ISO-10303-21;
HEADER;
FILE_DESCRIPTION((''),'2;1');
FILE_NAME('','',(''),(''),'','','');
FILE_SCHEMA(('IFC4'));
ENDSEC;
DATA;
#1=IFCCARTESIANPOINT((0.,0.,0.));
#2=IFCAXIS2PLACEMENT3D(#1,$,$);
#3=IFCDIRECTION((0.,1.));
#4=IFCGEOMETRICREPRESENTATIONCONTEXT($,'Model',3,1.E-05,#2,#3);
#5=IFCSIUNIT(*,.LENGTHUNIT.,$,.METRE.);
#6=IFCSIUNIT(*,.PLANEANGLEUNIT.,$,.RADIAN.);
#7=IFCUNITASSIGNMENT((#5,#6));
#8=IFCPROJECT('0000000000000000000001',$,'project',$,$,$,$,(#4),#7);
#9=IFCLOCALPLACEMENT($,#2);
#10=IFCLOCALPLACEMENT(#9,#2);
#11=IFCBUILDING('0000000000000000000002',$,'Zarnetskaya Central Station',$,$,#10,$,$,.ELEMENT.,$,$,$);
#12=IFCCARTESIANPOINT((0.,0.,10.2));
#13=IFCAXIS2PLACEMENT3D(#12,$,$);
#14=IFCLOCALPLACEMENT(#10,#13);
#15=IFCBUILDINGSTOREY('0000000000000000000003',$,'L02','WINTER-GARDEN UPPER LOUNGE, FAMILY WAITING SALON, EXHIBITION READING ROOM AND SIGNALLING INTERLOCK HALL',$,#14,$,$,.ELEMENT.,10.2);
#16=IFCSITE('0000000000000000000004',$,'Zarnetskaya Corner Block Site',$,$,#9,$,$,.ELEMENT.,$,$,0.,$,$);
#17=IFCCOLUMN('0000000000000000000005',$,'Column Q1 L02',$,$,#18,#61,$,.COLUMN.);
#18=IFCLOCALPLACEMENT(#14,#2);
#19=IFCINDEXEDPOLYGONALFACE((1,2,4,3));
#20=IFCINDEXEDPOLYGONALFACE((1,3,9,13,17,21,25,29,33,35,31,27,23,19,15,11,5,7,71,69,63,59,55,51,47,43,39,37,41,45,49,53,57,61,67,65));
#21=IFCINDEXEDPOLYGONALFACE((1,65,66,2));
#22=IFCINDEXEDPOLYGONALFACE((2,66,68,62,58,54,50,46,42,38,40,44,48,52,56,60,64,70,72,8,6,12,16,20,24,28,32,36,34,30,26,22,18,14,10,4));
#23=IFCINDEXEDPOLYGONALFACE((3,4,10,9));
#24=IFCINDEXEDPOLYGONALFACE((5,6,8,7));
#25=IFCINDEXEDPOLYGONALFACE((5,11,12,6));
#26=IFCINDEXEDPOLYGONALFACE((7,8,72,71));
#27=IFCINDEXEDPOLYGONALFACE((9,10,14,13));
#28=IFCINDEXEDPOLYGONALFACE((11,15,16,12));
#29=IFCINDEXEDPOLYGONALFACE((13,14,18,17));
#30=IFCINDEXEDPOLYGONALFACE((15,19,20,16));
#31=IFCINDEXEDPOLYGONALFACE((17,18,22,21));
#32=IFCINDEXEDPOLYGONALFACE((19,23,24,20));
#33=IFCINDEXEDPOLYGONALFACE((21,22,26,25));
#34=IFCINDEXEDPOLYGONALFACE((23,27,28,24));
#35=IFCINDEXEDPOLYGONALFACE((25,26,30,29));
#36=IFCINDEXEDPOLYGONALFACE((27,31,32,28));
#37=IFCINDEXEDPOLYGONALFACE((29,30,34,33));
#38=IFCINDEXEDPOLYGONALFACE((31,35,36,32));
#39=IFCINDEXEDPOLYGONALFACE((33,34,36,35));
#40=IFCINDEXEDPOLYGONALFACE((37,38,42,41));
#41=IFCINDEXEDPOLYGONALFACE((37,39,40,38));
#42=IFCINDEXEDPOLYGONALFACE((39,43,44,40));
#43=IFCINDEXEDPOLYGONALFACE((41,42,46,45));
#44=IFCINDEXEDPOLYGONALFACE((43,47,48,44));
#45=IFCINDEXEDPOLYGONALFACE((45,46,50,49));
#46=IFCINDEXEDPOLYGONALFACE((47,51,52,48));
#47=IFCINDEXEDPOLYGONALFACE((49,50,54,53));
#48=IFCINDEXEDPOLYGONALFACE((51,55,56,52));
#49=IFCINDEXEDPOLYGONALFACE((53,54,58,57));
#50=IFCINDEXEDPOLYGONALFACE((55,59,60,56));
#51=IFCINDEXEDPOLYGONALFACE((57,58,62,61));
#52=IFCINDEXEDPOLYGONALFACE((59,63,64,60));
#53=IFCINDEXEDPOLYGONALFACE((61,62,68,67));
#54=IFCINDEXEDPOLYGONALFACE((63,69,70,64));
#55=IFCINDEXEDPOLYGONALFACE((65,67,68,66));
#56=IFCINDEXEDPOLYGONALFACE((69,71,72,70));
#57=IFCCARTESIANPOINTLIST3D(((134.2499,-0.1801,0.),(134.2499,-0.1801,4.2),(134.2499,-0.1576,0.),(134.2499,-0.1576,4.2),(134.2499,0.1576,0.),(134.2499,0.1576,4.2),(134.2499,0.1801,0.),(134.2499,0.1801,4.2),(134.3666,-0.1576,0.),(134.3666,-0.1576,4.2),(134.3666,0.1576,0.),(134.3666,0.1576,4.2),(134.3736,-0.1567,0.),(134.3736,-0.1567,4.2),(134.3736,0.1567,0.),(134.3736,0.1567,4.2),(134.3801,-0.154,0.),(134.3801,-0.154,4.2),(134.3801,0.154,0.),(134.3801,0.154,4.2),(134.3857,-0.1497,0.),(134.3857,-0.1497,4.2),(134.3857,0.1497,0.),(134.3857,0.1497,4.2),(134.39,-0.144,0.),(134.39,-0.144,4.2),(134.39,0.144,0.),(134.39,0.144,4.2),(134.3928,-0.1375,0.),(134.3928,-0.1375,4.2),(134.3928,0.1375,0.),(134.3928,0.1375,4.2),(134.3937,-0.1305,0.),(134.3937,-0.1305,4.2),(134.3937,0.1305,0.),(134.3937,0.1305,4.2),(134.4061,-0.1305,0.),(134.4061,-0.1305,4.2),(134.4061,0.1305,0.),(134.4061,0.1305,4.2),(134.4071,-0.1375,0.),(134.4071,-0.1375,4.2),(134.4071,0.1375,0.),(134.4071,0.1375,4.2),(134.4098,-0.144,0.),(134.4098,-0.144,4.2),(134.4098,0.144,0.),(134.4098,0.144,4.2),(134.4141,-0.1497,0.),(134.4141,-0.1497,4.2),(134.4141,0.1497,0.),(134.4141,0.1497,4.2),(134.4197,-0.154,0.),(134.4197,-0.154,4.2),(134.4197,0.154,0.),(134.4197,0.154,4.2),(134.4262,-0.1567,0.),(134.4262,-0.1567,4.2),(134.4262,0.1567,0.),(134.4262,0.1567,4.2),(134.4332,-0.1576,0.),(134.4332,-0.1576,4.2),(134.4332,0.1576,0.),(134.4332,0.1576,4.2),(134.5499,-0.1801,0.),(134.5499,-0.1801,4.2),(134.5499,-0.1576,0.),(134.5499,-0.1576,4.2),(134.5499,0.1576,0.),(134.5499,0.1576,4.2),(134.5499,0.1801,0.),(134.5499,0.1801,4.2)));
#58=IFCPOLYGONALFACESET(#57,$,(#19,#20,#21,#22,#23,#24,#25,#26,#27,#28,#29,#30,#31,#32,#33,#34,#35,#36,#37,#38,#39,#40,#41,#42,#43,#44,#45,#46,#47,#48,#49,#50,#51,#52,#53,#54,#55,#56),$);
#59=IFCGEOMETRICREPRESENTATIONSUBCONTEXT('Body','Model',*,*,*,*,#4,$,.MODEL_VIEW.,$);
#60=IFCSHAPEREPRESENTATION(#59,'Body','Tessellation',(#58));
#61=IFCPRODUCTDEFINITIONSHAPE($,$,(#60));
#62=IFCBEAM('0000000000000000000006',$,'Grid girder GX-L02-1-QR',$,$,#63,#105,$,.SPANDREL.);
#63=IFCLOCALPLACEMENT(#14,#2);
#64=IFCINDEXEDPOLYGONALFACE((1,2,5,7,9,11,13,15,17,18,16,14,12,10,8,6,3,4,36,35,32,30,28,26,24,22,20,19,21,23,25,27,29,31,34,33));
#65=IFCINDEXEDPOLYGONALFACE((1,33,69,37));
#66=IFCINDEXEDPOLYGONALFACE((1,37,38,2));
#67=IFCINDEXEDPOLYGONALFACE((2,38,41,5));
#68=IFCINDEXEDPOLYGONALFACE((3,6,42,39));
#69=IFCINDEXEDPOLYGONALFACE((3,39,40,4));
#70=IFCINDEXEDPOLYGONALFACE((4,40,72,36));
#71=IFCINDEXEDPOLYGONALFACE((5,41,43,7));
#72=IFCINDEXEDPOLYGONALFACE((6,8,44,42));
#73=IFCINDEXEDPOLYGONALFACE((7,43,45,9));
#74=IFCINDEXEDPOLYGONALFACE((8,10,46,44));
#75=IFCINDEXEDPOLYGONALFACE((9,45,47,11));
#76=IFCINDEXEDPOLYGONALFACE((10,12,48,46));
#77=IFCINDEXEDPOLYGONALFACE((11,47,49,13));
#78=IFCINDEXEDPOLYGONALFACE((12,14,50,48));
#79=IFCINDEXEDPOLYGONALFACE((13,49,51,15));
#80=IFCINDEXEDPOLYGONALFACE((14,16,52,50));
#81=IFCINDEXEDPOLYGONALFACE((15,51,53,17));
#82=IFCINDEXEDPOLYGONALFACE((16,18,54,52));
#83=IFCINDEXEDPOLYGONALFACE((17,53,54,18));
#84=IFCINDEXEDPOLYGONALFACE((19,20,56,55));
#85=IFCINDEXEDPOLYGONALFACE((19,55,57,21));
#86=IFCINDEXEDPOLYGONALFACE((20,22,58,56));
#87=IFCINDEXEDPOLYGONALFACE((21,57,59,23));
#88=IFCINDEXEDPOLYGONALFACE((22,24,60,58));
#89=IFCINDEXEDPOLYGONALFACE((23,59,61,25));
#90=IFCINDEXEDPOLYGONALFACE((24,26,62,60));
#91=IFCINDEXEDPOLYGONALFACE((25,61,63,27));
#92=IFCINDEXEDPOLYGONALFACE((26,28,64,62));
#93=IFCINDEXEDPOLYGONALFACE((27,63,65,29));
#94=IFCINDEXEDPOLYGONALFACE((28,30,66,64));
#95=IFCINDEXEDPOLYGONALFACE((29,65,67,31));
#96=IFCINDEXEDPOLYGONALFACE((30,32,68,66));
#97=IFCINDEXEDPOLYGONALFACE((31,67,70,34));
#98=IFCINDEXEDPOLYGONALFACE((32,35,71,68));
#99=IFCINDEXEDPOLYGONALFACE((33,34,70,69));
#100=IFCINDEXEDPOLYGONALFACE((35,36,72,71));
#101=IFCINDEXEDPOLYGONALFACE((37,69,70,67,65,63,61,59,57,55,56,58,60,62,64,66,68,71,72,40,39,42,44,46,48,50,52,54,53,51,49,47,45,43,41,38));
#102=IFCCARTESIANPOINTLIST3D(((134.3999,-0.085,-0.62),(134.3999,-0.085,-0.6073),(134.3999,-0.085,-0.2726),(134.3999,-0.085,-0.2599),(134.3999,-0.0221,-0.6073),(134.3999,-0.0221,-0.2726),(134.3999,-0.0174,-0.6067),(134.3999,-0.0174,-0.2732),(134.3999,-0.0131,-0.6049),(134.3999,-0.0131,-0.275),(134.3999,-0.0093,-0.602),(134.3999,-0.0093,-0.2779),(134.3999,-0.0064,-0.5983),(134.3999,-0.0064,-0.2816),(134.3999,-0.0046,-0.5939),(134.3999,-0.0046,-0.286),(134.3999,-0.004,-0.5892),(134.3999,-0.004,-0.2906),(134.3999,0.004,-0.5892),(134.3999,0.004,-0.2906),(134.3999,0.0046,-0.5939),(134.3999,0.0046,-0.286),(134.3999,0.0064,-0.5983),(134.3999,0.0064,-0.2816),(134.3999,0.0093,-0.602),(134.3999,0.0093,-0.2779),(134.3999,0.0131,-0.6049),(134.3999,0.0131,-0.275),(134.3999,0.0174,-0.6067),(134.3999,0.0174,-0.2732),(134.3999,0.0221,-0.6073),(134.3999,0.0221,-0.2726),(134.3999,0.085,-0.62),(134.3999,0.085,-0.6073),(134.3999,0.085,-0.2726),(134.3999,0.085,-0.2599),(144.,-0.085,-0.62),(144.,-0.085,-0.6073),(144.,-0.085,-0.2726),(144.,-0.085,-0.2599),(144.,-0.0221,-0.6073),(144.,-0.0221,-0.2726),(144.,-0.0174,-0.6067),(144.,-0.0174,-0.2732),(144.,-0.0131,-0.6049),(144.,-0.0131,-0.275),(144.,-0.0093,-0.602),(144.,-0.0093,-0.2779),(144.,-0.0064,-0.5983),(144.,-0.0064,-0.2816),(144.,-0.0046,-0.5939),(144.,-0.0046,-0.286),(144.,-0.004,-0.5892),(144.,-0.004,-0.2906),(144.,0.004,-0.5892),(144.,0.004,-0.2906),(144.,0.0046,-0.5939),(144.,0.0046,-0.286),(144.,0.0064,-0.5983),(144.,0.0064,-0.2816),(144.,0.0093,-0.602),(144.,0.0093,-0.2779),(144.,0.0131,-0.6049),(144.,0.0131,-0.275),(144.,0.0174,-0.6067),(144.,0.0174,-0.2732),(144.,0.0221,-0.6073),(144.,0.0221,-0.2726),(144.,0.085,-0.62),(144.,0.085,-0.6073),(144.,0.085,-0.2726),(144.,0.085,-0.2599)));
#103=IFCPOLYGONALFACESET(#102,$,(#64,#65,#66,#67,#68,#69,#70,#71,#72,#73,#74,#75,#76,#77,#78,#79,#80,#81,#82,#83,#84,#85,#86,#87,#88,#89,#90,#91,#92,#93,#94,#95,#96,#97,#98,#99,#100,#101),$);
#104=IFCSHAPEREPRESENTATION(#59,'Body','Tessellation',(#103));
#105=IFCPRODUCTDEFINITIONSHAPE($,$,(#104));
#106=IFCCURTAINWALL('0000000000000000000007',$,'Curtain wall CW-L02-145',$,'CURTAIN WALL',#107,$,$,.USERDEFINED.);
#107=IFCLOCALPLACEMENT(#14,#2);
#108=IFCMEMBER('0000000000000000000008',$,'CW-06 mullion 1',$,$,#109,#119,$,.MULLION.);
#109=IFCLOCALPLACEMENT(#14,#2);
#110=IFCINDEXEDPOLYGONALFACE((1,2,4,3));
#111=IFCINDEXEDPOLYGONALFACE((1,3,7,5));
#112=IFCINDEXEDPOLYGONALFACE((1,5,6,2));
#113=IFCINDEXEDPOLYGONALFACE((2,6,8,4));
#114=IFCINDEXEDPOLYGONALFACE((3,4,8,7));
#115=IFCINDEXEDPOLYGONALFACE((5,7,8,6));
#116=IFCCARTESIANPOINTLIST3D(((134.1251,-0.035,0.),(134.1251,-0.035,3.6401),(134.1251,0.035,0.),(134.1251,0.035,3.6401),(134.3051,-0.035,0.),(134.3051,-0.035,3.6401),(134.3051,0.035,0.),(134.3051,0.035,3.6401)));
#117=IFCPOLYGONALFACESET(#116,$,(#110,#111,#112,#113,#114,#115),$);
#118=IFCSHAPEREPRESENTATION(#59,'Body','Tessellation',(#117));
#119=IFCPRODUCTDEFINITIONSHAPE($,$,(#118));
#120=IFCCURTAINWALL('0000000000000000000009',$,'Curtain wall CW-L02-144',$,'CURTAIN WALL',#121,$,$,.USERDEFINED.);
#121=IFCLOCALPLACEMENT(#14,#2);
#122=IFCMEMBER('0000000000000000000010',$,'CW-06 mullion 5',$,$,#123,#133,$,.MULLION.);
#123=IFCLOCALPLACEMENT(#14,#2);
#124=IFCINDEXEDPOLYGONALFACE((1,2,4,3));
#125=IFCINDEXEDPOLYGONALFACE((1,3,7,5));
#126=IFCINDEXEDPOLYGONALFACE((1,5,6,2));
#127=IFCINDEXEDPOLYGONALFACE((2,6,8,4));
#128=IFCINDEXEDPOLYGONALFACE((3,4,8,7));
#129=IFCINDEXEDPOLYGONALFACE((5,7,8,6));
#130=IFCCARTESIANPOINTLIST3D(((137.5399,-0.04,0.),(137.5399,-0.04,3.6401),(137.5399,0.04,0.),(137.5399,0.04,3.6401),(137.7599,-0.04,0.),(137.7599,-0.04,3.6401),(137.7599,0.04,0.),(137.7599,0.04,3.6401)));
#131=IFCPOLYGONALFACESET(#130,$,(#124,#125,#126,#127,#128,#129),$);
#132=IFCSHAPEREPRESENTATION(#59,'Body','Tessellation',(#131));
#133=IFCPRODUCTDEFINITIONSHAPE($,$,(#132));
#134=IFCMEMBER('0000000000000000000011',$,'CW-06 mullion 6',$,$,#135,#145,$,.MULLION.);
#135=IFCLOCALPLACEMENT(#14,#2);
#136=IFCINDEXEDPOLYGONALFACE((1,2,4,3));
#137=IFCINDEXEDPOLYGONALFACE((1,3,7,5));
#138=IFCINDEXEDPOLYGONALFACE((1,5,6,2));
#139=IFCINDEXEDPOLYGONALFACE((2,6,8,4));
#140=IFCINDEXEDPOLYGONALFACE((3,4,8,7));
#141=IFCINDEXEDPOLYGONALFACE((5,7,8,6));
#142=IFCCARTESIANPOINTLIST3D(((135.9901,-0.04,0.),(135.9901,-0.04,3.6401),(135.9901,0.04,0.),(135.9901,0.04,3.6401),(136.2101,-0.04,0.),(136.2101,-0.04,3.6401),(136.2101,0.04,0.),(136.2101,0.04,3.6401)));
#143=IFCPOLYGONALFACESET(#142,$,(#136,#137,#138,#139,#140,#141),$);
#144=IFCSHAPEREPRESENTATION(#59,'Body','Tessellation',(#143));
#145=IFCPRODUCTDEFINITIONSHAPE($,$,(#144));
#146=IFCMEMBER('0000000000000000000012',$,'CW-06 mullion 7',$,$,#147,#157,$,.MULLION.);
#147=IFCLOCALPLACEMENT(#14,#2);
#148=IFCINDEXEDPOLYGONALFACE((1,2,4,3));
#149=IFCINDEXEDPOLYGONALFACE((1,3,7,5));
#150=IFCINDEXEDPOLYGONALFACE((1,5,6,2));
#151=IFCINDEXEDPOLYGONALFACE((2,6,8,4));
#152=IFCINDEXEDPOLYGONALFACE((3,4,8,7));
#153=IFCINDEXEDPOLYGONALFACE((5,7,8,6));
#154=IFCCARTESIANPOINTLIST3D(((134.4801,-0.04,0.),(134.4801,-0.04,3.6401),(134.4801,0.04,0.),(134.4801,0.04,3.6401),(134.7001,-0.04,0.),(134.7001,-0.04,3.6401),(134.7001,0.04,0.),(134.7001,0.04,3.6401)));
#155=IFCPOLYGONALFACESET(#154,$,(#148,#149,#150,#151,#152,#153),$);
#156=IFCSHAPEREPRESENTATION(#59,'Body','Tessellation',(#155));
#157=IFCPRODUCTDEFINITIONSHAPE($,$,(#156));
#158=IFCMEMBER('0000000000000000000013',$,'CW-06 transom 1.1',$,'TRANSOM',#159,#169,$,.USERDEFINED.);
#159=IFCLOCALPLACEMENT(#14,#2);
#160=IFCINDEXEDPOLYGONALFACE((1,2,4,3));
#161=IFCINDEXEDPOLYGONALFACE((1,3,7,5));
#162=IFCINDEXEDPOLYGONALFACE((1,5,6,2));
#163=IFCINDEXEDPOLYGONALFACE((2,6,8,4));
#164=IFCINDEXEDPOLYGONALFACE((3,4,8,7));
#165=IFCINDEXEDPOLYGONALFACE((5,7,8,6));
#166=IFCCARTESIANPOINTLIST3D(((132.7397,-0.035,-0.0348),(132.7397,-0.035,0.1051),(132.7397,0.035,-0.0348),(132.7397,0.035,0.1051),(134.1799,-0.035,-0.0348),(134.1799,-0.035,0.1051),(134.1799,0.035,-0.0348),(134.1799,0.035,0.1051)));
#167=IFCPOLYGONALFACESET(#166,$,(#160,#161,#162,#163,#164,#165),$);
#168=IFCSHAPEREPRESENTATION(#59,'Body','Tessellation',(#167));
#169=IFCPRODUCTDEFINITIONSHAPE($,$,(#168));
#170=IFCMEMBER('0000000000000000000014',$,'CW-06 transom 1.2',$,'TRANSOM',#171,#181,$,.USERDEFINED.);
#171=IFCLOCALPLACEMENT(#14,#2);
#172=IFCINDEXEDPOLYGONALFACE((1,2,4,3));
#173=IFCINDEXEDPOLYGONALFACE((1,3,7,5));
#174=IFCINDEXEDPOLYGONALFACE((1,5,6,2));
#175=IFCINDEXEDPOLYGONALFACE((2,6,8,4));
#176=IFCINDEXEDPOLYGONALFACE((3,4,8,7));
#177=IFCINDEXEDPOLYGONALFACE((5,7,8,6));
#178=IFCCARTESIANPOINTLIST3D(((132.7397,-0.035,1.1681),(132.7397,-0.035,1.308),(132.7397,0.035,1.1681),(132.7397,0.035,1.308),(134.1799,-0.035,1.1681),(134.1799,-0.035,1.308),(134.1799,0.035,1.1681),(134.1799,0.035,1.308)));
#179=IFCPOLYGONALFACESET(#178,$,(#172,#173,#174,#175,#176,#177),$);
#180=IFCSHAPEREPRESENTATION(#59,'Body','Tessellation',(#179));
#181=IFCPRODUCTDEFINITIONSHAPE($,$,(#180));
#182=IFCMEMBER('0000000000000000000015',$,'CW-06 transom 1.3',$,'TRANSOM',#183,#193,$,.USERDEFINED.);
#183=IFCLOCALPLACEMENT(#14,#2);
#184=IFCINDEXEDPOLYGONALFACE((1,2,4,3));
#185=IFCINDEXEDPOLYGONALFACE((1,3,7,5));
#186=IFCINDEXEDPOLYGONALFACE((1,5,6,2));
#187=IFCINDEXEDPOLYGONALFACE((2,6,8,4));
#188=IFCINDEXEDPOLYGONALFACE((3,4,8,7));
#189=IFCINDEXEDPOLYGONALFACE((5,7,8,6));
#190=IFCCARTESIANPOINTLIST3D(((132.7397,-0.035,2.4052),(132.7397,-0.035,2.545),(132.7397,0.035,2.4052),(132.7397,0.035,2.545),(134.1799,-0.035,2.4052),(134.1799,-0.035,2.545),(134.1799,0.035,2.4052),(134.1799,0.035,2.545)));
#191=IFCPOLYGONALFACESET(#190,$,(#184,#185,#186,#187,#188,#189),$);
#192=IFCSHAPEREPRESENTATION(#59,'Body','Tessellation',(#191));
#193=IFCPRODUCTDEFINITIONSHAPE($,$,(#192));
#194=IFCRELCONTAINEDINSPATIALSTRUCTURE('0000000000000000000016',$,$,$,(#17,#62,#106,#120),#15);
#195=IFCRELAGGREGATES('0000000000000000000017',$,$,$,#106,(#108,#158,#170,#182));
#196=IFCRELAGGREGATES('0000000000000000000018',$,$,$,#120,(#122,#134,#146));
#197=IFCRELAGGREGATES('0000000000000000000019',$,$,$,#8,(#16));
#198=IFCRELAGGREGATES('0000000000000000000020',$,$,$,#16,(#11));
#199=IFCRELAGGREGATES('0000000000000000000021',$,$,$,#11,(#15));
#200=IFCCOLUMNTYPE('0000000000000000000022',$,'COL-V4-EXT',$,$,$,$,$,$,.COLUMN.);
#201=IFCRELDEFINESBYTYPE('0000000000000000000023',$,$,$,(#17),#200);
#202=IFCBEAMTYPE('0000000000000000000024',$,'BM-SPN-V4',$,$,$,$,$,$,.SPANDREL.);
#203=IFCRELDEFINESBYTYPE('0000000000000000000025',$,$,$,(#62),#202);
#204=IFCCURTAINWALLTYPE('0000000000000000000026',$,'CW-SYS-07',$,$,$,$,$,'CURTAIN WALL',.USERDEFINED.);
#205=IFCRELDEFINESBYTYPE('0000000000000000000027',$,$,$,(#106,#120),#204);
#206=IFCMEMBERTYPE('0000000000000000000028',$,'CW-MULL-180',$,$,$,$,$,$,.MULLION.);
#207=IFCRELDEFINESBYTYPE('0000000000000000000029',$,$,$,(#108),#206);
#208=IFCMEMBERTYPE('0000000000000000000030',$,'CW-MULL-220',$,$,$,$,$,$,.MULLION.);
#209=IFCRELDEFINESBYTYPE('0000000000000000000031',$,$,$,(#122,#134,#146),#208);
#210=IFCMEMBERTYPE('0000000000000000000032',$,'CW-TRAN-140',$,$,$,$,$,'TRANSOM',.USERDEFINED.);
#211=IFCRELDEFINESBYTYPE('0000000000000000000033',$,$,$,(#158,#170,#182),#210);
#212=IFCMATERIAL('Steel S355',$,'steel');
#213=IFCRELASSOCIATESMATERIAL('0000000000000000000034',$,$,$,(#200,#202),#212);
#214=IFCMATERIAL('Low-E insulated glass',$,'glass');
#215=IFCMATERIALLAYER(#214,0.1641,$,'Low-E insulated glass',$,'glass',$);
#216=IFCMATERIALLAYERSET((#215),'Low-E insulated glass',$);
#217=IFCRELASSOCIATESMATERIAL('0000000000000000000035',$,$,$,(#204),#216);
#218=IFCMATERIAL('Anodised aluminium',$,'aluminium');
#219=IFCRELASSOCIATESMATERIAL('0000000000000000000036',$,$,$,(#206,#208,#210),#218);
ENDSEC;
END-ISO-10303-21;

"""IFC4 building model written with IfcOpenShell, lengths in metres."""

from ifc_helpers import new_model, si_unit, direction, frame, origin, origin_2d, place, context, subcontext, project, spatial, rectangle, i_section, extrude, material, layer, layer_set, material_profile, profile_set, type_object, element, aggregate, save


model = new_model("IFC4")

# Units and contexts
model_context = context("Model", 3, precision=1e-05, world=origin(), true_north=direction((0.0, 1.0)))
body_context = subcontext(model_context, "Body", "Model", "MODEL_VIEW")
ifc_project = project(units=[si_unit("LENGTHUNIT", "METRE"), si_unit("PLANEANGLEUNIT", "RADIAN")], contexts=[model_context])

# Site, building, storey
site_placement = place(None, origin())
site = spatial("IfcSite", under=ifc_project, at=site_placement, Name="Zarnetskaya Corner Block Site", CompositionType="ELEMENT", RefElevation=0.0)
building_placement = place(site_placement, origin())
building = spatial("IfcBuilding", under=site, at=building_placement, Name="Zarnetskaya Central Station", CompositionType="ELEMENT")
storey_placement = place(building_placement, frame((0.0, 0.0, 10.2)))
storey = spatial("IfcBuildingStorey", under=building, at=storey_placement, Name="L02", Description="WINTER-GARDEN UPPER LOUNGE, FAMILY WAITING SALON, EXHIBITION READING ROOM AND SIGNALLING INTERLOCK HALL", CompositionType="ELEMENT", Elevation=10.2)

# Column
ifc_material_1 = material(Name="Steel S355", Category="steel")
ifc_material_profile_1 = material_profile(ifc_material_1, i_section(OverallWidth=0.3, OverallDepth=0.3601, WebThickness=0.0125, FlangeThickness=0.0225, FilletRadius=0.0271, at=origin_2d()), Name="HEB 360")
ifc_profile_set_1 = profile_set([ifc_material_profile_1], Name="Steel S355")
column_type = type_object("IfcColumnType", Name="COL-V4-EXT", PredefinedType="COLUMN", material=ifc_profile_set_1)
column_placement = place(storey_placement, frame((134.3999, 0.0, 0.0), z_axis=(0.0, 0.0, 1.0), x_axis=(1.0, 0.0, 0.0)))
element("IfcColumn", 1, at=column_placement, inside=storey, type_object=column_type, Name="Column Q1 L02", PredefinedType="COLUMN", context=body_context, shape_type="SweptSolid", body=[
    extrude(i_section(OverallWidth=0.3, OverallDepth=0.3601, WebThickness=0.0125, FlangeThickness=0.0225, FilletRadius=0.0271, at=origin_2d()), origin(), (0.0, 0.0, 1.0), 4.2),
])

# Beam
ifc_material_profile_2 = material_profile(ifc_material_1, i_section(OverallWidth=0.1699, OverallDepth=0.3601, WebThickness=0.0081, FlangeThickness=0.0127, FilletRadius=0.0181, at=origin_2d()), Name="IPE 360")
ifc_profile_set_2 = profile_set([ifc_material_profile_2], Name="Steel S355")
beam_type_1 = type_object("IfcBeamType", Name="BM-SPN-V4", PredefinedType="SPANDREL", material=ifc_profile_set_2)
beam_1_placement = place(storey_placement, frame((134.3999, 0.0, -0.4399), z_axis=(1.0, 0.0, 0.0), x_axis=(0.0, 1.0, 0.0)))
element("IfcBeam", 2, at=beam_1_placement, inside=storey, type_object=beam_type_1, Name="Grid girder GX-L02-1-QR", PredefinedType="SPANDREL", context=body_context, shape_type="SweptSolid", body=[
    extrude(i_section(OverallWidth=0.1699, OverallDepth=0.3601, WebThickness=0.0081, FlangeThickness=0.0127, FilletRadius=0.0181, at=origin_2d()), origin(), (0.0, 0.0, 1.0), 9.6001),
])

# Curtain wall, member
ifc_material_2 = material(Name="Low-E insulated glass", Category="glass")
ifc_layer_1 = layer(ifc_material_2, 0.1641, Name="Low-E insulated glass", Category="glass")
ifc_layer_set_1 = layer_set([ifc_layer_1], Name="Low-E insulated glass")
curtain_wall_type = type_object("IfcCurtainWallType", Name="CW-SYS-07", ElementType="CURTAIN WALL", PredefinedType="USERDEFINED", material=ifc_layer_set_1)
curtain_wall_1_placement = place(storey_placement, origin())
curtain_wall_1 = element("IfcCurtainWall", 3, at=curtain_wall_1_placement, inside=storey, type_object=curtain_wall_type, Name="Curtain wall CW-L02-145", ObjectType="CURTAIN WALL", PredefinedType="USERDEFINED")
ifc_material_3 = material(Name="Anodised aluminium", Category="aluminium")
ifc_material_profile_3 = material_profile(ifc_material_3, rectangle(XDim=0.0701, YDim=0.1799, at=origin_2d()), Name="ALU MULL 70x180")
ifc_profile_set_3 = profile_set([ifc_material_profile_3], Name="Anodised aluminium")
member_type_1 = type_object("IfcMemberType", Name="CW-MULL-180", PredefinedType="MULLION", material=ifc_profile_set_3)
member_1_placement = place(storey_placement, frame((134.2151, 0.0, 0.0), z_axis=(0.0, 0.0, 1.0), x_axis=(0.0, -1.0, 0.0)))
member_1 = element("IfcMember", 4, at=member_1_placement, type_object=member_type_1, Name="CW-06 mullion 1", PredefinedType="MULLION", context=body_context, shape_type="SweptSolid", body=[
    extrude(rectangle(XDim=0.0701, YDim=0.1799, at=origin_2d()), origin(), (0.0, 0.0, 1.0), 3.6401),
])

# Curtain wall, members
curtain_wall_2_placement = place(storey_placement, origin())
curtain_wall_2 = element("IfcCurtainWall", 5, at=curtain_wall_2_placement, inside=storey, type_object=curtain_wall_type, Name="Curtain wall CW-L02-144", ObjectType="CURTAIN WALL", PredefinedType="USERDEFINED")
ifc_material_profile_4 = material_profile(ifc_material_3, rectangle(XDim=0.0801, YDim=0.22, at=origin_2d()), Name="ALU MULL 80x220")
ifc_profile_set_4 = profile_set([ifc_material_profile_4], Name="Anodised aluminium")
member_type_2 = type_object("IfcMemberType", Name="CW-MULL-220", PredefinedType="MULLION", material=ifc_profile_set_4)
member_2_placement = place(storey_placement, frame((137.6499, 0.0, 0.0), z_axis=(0.0, 0.0, 1.0), x_axis=(0.0, -1.0, 0.0)))
member_2 = element("IfcMember", 6, at=member_2_placement, type_object=member_type_2, Name="CW-06 mullion 5", PredefinedType="MULLION", context=body_context, shape_type="SweptSolid", body=[
    extrude(rectangle(XDim=0.0801, YDim=0.22, at=origin_2d()), origin(), (0.0, 0.0, 1.0), 3.6401),
])
member_3_placement = place(storey_placement, frame((136.1001, 0.0, 0.0), z_axis=(0.0, 0.0, 1.0), x_axis=(0.0, -1.0, 0.0)))
member_3 = element("IfcMember", 7, at=member_3_placement, type_object=member_type_2, Name="CW-06 mullion 6", PredefinedType="MULLION", context=body_context, shape_type="SweptSolid", body=[
    extrude(rectangle(XDim=0.0801, YDim=0.22, at=origin_2d()), origin(), (0.0, 0.0, 1.0), 3.6401),
])
member_4_placement = place(storey_placement, frame((134.5901, 0.0, 0.0), z_axis=(0.0, 0.0, 1.0), x_axis=(0.0, -1.0, 0.0)))
member_4 = element("IfcMember", 8, at=member_4_placement, type_object=member_type_2, Name="CW-06 mullion 7", PredefinedType="MULLION", context=body_context, shape_type="SweptSolid", body=[
    extrude(rectangle(XDim=0.0801, YDim=0.22, at=origin_2d()), origin(), (0.0, 0.0, 1.0), 3.6401),
])

# Members
ifc_material_profile_5 = material_profile(ifc_material_3, rectangle(XDim=0.0701, YDim=0.1399, at=origin_2d()), Name="ALU TRAN 70x140")
ifc_profile_set_5 = profile_set([ifc_material_profile_5], Name="Anodised aluminium")
member_type_3 = type_object("IfcMemberType", Name="CW-TRAN-140", ElementType="TRANSOM", PredefinedType="USERDEFINED", material=ifc_profile_set_5)
member_5_placement = place(storey_placement, frame((134.1799, 0.0, 0.0352), z_axis=(-1.0, 0.0, 0.0), x_axis=(0.0, -1.0, 0.0)))
member_5 = element("IfcMember", 9, at=member_5_placement, type_object=member_type_3, Name="CW-06 transom 1.1", ObjectType="TRANSOM", PredefinedType="USERDEFINED", context=body_context, shape_type="SweptSolid", body=[
    extrude(rectangle(XDim=0.0701, YDim=0.1399, at=origin_2d()), origin(), (0.0, 0.0, 1.0), 1.4402),
])
member_6_placement = place(storey_placement, frame((134.1799, 0.0, 1.238), z_axis=(-1.0, 0.0, 0.0), x_axis=(0.0, -1.0, 0.0)))
member_6 = element("IfcMember", 10, at=member_6_placement, type_object=member_type_3, Name="CW-06 transom 1.2", ObjectType="TRANSOM", PredefinedType="USERDEFINED", context=body_context, shape_type="SweptSolid", body=[
    extrude(rectangle(XDim=0.0701, YDim=0.1399, at=origin_2d()), origin(), (0.0, 0.0, 1.0), 1.4402),
])
member_7_placement = place(storey_placement, frame((134.1799, 0.0, 2.4751), z_axis=(-1.0, 0.0, 0.0), x_axis=(0.0, -1.0, 0.0)))
member_7 = element("IfcMember", 11, at=member_7_placement, type_object=member_type_3, Name="CW-06 transom 1.3", ObjectType="TRANSOM", PredefinedType="USERDEFINED", context=body_context, shape_type="SweptSolid", body=[
    extrude(rectangle(XDim=0.0701, YDim=0.1399, at=origin_2d()), origin(), (0.0, 0.0, 1.0), 1.4402),
])
aggregate(curtain_wall_1, [member_1, member_5, member_6, member_7])

aggregate(curtain_wall_2, [member_2, member_3, member_4])

save(model, "model.ifc")
